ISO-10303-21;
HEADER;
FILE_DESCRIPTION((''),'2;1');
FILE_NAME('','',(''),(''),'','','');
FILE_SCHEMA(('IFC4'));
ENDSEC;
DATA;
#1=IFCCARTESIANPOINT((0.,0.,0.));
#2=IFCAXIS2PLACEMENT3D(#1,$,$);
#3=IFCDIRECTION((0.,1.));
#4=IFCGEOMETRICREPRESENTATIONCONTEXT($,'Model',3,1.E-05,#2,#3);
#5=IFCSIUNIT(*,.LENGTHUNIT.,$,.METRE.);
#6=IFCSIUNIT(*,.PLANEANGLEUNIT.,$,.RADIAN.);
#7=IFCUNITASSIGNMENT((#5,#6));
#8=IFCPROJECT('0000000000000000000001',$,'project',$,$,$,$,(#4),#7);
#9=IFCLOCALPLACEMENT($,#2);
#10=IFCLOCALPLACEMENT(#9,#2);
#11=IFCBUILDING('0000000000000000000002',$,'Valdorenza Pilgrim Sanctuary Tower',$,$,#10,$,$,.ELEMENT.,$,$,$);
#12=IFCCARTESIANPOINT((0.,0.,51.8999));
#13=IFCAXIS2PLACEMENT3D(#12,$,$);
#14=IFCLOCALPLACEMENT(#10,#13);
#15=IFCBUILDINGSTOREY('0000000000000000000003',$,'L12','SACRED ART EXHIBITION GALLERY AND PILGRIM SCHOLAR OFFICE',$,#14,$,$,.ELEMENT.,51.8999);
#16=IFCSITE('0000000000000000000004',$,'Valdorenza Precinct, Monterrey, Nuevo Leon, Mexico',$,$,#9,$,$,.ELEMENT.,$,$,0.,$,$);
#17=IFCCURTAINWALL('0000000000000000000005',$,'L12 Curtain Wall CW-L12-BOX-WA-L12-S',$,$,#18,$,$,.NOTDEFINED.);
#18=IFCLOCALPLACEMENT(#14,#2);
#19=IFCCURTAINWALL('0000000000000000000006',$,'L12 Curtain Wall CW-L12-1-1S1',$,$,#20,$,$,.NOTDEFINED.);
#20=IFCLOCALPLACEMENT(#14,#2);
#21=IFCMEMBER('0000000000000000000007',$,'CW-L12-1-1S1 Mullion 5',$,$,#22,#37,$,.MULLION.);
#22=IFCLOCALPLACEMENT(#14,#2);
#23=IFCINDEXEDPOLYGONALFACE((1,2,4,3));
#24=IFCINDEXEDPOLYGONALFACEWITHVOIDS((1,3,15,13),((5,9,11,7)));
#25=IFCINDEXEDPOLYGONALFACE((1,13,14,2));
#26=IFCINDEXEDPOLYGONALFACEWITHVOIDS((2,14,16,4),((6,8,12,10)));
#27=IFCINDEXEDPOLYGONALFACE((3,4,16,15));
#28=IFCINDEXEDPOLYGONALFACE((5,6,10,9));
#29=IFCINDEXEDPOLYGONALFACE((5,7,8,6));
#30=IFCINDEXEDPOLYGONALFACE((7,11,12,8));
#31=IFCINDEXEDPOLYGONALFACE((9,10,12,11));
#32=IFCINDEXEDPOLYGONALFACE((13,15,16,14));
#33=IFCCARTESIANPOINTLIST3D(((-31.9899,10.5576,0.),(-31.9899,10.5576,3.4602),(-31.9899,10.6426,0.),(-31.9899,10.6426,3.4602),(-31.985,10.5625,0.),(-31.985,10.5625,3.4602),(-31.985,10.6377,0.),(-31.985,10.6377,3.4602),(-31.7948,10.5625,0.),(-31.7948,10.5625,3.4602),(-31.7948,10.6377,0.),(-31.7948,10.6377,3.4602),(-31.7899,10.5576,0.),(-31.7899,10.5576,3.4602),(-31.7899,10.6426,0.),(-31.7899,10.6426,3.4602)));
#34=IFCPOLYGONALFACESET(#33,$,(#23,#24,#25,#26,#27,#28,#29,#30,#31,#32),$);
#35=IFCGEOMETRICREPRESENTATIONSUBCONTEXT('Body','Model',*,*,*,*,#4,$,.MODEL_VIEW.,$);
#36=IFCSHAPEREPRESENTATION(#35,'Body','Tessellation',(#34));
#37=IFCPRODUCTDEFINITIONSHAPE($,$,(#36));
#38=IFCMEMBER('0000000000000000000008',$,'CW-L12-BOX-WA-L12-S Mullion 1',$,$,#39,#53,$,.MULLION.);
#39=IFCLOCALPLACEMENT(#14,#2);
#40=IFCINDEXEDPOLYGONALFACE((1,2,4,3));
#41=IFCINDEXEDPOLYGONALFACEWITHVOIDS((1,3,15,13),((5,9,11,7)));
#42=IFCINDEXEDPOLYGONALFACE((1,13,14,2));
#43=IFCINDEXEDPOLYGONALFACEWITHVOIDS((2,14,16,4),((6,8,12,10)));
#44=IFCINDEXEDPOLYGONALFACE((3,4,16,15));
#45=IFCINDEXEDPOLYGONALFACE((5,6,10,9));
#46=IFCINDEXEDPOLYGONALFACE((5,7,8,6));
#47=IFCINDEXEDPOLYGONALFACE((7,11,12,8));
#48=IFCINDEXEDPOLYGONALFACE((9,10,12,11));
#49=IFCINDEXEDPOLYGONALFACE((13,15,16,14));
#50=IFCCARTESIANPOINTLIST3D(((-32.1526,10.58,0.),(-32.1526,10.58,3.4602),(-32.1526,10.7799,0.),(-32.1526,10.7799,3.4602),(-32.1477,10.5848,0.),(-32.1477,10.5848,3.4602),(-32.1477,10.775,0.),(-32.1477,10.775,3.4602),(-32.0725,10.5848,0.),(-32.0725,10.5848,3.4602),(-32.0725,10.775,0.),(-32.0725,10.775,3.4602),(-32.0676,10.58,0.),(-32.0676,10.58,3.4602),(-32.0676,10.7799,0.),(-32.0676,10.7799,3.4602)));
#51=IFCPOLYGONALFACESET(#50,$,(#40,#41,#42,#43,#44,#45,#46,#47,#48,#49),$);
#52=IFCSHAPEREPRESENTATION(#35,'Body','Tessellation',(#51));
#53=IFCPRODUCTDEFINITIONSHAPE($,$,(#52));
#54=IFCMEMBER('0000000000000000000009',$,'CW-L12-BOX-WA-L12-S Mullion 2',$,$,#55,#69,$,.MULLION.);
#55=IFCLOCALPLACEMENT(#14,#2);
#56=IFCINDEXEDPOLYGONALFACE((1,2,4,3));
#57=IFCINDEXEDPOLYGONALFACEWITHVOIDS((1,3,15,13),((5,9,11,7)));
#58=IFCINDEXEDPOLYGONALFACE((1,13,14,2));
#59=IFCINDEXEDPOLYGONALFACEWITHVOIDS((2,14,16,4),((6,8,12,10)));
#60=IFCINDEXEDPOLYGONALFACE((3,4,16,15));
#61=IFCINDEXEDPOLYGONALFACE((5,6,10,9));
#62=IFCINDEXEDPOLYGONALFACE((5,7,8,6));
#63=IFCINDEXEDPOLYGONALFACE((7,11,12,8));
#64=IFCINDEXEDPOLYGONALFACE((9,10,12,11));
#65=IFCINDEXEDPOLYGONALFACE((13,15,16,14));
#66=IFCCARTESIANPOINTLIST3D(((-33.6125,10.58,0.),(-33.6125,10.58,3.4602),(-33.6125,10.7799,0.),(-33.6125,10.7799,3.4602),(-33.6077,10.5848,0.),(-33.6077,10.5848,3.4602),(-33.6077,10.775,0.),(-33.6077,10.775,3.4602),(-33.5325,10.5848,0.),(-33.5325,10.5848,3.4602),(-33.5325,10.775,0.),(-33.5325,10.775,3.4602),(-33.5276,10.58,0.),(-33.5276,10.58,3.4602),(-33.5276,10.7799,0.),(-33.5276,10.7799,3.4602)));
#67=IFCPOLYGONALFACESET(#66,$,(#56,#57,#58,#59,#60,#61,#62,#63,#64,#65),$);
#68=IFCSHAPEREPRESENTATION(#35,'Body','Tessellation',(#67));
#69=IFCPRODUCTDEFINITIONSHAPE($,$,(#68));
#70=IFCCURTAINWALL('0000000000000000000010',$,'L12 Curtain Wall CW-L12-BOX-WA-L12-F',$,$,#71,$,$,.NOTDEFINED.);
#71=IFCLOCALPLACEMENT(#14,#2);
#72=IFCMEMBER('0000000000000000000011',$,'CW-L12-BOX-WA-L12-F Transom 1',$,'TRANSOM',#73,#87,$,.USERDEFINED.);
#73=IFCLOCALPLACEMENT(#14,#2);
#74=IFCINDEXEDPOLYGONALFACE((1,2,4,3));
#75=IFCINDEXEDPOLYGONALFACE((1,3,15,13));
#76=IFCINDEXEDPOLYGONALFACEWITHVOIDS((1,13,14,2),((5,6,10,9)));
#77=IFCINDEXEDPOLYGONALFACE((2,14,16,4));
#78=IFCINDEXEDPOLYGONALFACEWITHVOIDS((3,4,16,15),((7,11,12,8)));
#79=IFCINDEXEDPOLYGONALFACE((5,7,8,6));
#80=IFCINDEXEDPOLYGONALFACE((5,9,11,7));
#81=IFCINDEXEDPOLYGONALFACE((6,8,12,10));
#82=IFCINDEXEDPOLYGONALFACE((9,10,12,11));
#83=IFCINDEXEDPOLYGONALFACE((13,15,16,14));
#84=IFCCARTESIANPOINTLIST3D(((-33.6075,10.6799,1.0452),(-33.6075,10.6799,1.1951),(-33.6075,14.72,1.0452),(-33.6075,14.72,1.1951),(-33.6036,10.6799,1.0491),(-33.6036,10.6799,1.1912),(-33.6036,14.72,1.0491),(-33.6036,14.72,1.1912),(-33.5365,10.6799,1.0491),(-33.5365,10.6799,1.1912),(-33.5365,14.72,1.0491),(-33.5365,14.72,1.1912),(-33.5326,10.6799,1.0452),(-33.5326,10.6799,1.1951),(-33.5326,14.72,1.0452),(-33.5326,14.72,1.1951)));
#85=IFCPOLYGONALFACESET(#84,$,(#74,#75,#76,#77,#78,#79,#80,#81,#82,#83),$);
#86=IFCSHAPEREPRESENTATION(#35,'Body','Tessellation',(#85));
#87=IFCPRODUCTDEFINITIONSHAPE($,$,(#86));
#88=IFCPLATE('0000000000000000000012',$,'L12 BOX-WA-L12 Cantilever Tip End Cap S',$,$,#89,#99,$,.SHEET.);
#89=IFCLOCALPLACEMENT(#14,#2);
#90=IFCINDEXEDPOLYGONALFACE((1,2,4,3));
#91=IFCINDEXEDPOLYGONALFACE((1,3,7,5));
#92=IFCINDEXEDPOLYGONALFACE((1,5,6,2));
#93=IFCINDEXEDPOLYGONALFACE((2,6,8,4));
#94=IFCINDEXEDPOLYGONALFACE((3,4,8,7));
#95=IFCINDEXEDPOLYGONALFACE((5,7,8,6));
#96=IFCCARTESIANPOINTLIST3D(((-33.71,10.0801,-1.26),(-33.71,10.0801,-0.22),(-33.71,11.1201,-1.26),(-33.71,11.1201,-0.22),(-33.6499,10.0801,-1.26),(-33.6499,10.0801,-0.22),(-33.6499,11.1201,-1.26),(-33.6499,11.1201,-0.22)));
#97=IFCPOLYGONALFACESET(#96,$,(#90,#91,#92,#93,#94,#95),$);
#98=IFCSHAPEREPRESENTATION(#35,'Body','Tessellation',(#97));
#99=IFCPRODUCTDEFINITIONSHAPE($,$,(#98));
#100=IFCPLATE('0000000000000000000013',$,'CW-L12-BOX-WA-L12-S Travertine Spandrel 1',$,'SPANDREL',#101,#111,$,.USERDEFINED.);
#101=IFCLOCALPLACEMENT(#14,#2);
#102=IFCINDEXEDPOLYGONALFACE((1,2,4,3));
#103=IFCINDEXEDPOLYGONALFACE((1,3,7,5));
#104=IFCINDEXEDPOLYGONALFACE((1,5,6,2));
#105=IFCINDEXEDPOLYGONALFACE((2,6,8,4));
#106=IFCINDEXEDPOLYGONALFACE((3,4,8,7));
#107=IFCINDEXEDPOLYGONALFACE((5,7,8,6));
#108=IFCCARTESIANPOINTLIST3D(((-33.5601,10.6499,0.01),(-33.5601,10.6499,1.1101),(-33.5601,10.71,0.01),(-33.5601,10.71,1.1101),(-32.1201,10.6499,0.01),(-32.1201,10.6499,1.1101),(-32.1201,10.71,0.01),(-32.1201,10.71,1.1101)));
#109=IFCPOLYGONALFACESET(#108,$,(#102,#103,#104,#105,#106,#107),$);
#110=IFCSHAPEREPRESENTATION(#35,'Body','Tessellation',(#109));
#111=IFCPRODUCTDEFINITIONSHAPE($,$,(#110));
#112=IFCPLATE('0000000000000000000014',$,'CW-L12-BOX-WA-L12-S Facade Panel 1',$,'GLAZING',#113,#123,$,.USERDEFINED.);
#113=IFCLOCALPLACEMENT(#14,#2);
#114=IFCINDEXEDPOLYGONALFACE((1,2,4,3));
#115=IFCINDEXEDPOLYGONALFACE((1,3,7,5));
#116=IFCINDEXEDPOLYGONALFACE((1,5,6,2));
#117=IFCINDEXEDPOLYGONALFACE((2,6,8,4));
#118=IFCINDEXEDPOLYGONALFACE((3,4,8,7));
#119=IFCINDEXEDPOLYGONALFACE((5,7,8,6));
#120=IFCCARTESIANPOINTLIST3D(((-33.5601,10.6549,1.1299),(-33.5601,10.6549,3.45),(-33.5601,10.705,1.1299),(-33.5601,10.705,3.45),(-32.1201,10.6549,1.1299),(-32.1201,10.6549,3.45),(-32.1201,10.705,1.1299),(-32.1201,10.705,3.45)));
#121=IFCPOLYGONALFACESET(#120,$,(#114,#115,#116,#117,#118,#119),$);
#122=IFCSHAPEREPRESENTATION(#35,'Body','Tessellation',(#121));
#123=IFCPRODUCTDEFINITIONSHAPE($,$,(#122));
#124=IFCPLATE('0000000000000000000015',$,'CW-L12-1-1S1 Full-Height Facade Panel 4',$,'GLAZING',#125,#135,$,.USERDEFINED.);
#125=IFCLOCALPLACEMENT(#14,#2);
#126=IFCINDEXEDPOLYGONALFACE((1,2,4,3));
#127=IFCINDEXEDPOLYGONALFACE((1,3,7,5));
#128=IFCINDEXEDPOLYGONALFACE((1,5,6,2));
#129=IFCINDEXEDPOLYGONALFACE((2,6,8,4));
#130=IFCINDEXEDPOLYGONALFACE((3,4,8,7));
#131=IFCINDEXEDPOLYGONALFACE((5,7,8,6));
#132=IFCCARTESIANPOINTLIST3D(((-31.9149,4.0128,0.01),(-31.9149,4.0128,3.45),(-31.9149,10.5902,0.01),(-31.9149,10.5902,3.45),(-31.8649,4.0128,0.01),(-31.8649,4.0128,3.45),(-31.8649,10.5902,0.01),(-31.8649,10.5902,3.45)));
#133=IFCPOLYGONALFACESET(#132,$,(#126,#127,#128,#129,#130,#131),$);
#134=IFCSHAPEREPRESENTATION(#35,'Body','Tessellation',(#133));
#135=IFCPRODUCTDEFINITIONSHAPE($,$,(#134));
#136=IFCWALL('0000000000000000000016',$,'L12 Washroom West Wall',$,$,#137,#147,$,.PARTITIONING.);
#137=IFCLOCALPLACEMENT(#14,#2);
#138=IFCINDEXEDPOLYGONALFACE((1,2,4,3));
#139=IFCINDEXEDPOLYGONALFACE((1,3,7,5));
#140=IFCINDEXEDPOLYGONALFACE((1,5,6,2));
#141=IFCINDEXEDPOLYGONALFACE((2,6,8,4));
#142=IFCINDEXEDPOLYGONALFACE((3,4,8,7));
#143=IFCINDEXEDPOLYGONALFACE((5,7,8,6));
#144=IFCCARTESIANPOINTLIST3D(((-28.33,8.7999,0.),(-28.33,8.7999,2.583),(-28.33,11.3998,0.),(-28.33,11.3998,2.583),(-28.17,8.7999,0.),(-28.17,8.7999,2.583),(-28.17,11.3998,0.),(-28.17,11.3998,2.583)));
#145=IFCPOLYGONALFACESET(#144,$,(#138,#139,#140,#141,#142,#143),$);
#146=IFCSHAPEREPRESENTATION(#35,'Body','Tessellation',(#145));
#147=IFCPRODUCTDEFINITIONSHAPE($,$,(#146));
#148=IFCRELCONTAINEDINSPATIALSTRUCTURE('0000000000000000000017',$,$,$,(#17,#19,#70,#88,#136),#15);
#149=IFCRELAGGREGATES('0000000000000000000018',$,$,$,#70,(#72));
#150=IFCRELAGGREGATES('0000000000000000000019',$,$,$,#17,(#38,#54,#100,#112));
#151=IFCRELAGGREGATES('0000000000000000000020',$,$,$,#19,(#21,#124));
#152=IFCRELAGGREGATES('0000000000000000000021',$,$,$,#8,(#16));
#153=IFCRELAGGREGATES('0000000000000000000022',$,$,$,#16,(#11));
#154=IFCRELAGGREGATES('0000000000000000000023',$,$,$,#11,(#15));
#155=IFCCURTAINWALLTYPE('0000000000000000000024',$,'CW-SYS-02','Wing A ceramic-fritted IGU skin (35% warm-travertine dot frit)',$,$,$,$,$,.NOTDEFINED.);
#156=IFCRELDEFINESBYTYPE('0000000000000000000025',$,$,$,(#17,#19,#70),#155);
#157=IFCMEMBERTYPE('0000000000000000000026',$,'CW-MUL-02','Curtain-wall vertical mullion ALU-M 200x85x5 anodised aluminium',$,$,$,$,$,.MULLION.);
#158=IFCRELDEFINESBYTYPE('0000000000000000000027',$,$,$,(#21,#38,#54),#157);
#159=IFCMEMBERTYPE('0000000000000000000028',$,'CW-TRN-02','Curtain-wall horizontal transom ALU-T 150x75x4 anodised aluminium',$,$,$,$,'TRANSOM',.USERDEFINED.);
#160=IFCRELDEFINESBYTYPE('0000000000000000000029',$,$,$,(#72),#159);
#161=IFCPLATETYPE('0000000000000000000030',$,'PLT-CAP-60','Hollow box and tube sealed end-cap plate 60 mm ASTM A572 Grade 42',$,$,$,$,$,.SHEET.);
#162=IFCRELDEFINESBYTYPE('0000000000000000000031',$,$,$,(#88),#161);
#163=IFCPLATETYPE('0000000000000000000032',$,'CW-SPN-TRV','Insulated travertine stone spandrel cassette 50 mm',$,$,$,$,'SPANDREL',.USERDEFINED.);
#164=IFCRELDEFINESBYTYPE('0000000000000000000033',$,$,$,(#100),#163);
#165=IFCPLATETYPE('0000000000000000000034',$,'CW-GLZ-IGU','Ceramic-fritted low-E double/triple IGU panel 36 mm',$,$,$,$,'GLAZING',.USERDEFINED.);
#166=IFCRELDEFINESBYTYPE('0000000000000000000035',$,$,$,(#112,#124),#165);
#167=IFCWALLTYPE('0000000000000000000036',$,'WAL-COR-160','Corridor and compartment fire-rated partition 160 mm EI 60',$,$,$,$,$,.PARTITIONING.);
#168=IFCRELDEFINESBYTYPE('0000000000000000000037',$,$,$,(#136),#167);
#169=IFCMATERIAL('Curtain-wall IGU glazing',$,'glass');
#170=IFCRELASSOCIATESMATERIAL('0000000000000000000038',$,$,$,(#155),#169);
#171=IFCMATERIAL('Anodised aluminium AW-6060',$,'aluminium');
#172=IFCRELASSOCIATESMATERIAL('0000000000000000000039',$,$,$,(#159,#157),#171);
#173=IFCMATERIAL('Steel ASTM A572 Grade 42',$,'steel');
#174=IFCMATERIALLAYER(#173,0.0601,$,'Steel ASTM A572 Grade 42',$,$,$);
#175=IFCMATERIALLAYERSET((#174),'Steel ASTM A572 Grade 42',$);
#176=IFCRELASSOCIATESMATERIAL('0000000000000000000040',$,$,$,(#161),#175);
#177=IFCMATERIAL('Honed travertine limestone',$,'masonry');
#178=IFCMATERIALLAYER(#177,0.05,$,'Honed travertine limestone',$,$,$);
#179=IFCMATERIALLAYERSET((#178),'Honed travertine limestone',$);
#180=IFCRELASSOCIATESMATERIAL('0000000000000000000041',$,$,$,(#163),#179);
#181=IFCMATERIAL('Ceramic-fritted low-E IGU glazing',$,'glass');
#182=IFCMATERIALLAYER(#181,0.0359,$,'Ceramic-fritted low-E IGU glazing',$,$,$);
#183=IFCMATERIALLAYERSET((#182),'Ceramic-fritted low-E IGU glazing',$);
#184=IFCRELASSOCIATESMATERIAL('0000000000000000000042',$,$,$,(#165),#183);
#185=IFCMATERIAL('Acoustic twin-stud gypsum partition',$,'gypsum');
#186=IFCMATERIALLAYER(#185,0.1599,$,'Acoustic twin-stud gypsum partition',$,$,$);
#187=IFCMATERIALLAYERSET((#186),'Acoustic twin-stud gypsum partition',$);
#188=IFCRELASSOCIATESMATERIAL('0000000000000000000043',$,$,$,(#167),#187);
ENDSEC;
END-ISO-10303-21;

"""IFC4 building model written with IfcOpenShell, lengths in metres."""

from ifc_helpers import new_model, si_unit, direction, frame, frame_2d, origin, origin_2d, place, context, subcontext, project, spatial, rectangle, hollow_rectangle, extrude, source, transform, mapped, material, layer, layer_set, material_profile, profile_set, type_object, element, aggregate, save


model = new_model("IFC4")

# Units and contexts
model_context = context("Model", 3, precision=1e-05, world=origin(), true_north=direction((0.0, 1.0)))
body_context = subcontext(model_context, "Body", "Model", "MODEL_VIEW")
ifc_project = project(units=[si_unit("LENGTHUNIT", "METRE"), si_unit("PLANEANGLEUNIT", "RADIAN")], contexts=[model_context])

# Site, building, storey
site_placement = place(None, origin())
site = spatial("IfcSite", under=ifc_project, at=site_placement, Name="Valdorenza Precinct, Monterrey, Nuevo Leon, Mexico", CompositionType="ELEMENT", RefElevation=0.0)
building_placement = place(site_placement, origin())
building = spatial("IfcBuilding", under=site, at=building_placement, Name="Valdorenza Pilgrim Sanctuary Tower", CompositionType="ELEMENT")
storey_placement = place(building_placement, frame((0.0, 0.0, 51.8999)))
storey = spatial("IfcBuildingStorey", under=building, at=storey_placement, Name="L12", Description="SACRED ART EXHIBITION GALLERY AND PILGRIM SCHOLAR OFFICE", CompositionType="ELEMENT", Elevation=51.8999)

# Shared definitions
ifc_material_1 = material(Name="Steel ASTM A572 Grade 42", Category="steel")

# Curtain wall
ifc_material_2 = material(Name="Curtain-wall IGU glazing", Category="glass")
curtain_wall_type = type_object("IfcCurtainWallType", Name="CW-SYS-02", Description="Wing A ceramic-fritted IGU skin (35% warm-travertine dot frit)", PredefinedType="NOTDEFINED", material=ifc_material_2)
curtain_wall_1_placement = place(storey_placement, origin())
curtain_wall_1 = element("IfcCurtainWall", 1, at=curtain_wall_1_placement, inside=storey, type_object=curtain_wall_type, Name="L12 Curtain Wall CW-L12-BOX-WA-L12-S", PredefinedType="NOTDEFINED")
ifc_material_3 = material(Name="Anodised aluminium AW-6060", Category="aluminium")
ifc_material_profile_1 = material_profile(ifc_material_3, hollow_rectangle(XDim=0.075, YDim=0.1499, WallThickness=0.0039, at=origin_2d()), Name="ALU-T 150x75x4")
ifc_profile_set_1 = profile_set([ifc_material_profile_1], Name="Anodised aluminium AW-6060")
member_type_1 = type_object("IfcMemberType", Name="CW-TRN-02", Description="Curtain-wall horizontal transom ALU-T 150x75x4 anodised aluminium", ElementType="TRANSOM", PredefinedType="USERDEFINED", material=ifc_profile_set_1)

# Curtain wall, member
curtain_wall_2_placement = place(storey_placement, origin())
curtain_wall_2 = element("IfcCurtainWall", 2, at=curtain_wall_2_placement, inside=storey, type_object=curtain_wall_type, Name="L12 Curtain Wall CW-L12-1-1S1", PredefinedType="NOTDEFINED")
ifc_material_profile_2 = material_profile(ifc_material_3, hollow_rectangle(XDim=0.085, YDim=0.2, WallThickness=0.0049, at=origin_2d()), Name="ALU-M 200x85x5")
ifc_profile_set_2 = profile_set([ifc_material_profile_2], Name="Anodised aluminium AW-6060")
member_type_2 = type_object("IfcMemberType", Name="CW-MUL-02", Description="Curtain-wall vertical mullion ALU-M 200x85x5 anodised aluminium", PredefinedType="MULLION", material=ifc_profile_set_2)
shared_shape_1 = source(origin(), body_context, "Body", "SweptSolid", [
    extrude(hollow_rectangle(XDim=0.085, YDim=0.2, WallThickness=0.0049, at=origin_2d()), origin(), (0.0, 0.0, 1.0), 3.4602),
])
member_1_placement = place(storey_placement, frame((-31.8899, 10.6001, 0.0), z_axis=(0.0, 0.0, 1.0), x_axis=(0.0, 1.0, 0.0)))
member_1 = element("IfcMember", 3, at=member_1_placement, type_object=member_type_2, Name="CW-L12-1-1S1 Mullion 5", PredefinedType="MULLION", context=body_context, shape_type="MappedRepresentation", body=[
    mapped(shared_shape_1, transform((0.0, 0.0, 0.0), x_axis=(1.0, 0.0, 0.0), y_axis=(0.0, 1.0, 0.0), z_axis=(0.0, 0.0, 1.0), scale=1.0)),
])

# Members
member_2_placement = place(storey_placement, frame((-32.1101, 10.6799, 0.0), z_axis=(0.0, 0.0, 1.0), x_axis=(-1.0, 0.0, 0.0)))
member_2 = element("IfcMember", 4, at=member_2_placement, type_object=member_type_2, Name="CW-L12-BOX-WA-L12-S Mullion 1", PredefinedType="MULLION", context=body_context, shape_type="MappedRepresentation", body=[
    mapped(shared_shape_1, transform((0.0, 0.0, 0.0), x_axis=(1.0, 0.0, 0.0), y_axis=(0.0, 1.0, 0.0), z_axis=(0.0, 0.0, 1.0), scale=1.0)),
])
member_3_placement = place(storey_placement, frame((-33.5701, 10.6799, 0.0), z_axis=(0.0, 0.0, 1.0), x_axis=(-1.0, 0.0, 0.0)))
member_3 = element("IfcMember", 5, at=member_3_placement, type_object=member_type_2, Name="CW-L12-BOX-WA-L12-S Mullion 2", PredefinedType="MULLION", context=body_context, shape_type="MappedRepresentation", body=[
    mapped(shared_shape_1, transform((0.0, 0.0, 0.0), x_axis=(1.0, 0.0, 0.0), y_axis=(0.0, 1.0, 0.0), z_axis=(0.0, 0.0, 1.0), scale=1.0)),
])

# Curtain wall, member
curtain_wall_3_placement = place(storey_placement, origin())
curtain_wall_3 = element("IfcCurtainWall", 6, at=curtain_wall_3_placement, inside=storey, type_object=curtain_wall_type, Name="L12 Curtain Wall CW-L12-BOX-WA-L12-F", PredefinedType="NOTDEFINED")
shared_shape_2 = source(origin(), body_context, "Body", "SweptSolid", [
    extrude(hollow_rectangle(XDim=0.075, YDim=0.1499, WallThickness=0.0039, at=origin_2d()), origin(), (0.0, 0.0, 1.0), 4.04),
])
member_4_placement = place(storey_placement, frame((-33.5701, 10.6799, 1.1201), z_axis=(0.0, 1.0, 0.0), x_axis=(-1.0, 0.0, 0.0)))
member_4 = element("IfcMember", 7, at=member_4_placement, type_object=member_type_1, Name="CW-L12-BOX-WA-L12-F Transom 1", ObjectType="TRANSOM", PredefinedType="USERDEFINED", context=body_context, shape_type="MappedRepresentation", body=[
    mapped(shared_shape_2, transform((0.0, 0.0, 0.0), x_axis=(1.0, 0.0, 0.0), y_axis=(0.0, 1.0, 0.0), z_axis=(0.0, 0.0, 1.0), scale=1.0)),
])
aggregate(curtain_wall_3, [member_4])

# Plates
ifc_layer_1 = layer(ifc_material_1, 0.0601, Name="Steel ASTM A572 Grade 42")
ifc_layer_set_1 = layer_set([ifc_layer_1], Name="Steel ASTM A572 Grade 42")
plate_type_1 = type_object("IfcPlateType", Name="PLT-CAP-60", Description="Hollow box and tube sealed end-cap plate 60 mm ASTM A572 Grade 42", PredefinedType="SHEET", material=ifc_layer_set_1)
shared_shape_3 = source(origin(), body_context, "Body", "SweptSolid", [
    extrude(rectangle(XDim=0.0601, YDim=1.04, at=origin_2d()), origin(), (0.0, 0.0, 1.0), 1.04),
])
plate_1_placement = place(storey_placement, frame((-33.6799, 10.6001, -1.26), z_axis=(0.0, 0.0, 1.0), x_axis=(1.0, 0.0, 0.0)))
element("IfcPlate", 8, at=plate_1_placement, inside=storey, type_object=plate_type_1, Name="L12 BOX-WA-L12 Cantilever Tip End Cap S", PredefinedType="SHEET", context=body_context, shape_type="MappedRepresentation", body=[
    mapped(shared_shape_3, transform((0.0, 0.0, 0.0), x_axis=(1.0, 0.0, 0.0), y_axis=(0.0, 1.0, 0.0), z_axis=(0.0, 0.0, 1.0), scale=1.0)),
])
ifc_material_4 = material(Name="Honed travertine limestone", Category="masonry")
ifc_layer_2 = layer(ifc_material_4, 0.05, Name="Honed travertine limestone")
ifc_layer_set_2 = layer_set([ifc_layer_2], Name="Honed travertine limestone")
plate_type_2 = type_object("IfcPlateType", Name="CW-SPN-TRV", Description="Insulated travertine stone spandrel cassette 50 mm", ElementType="SPANDREL", PredefinedType="USERDEFINED", material=ifc_layer_set_2)
shared_shape_4 = source(origin(), body_context, "Body", "SweptSolid", [
    extrude(rectangle(XDim=1.4399, YDim=0.0601, at=origin_2d()), origin(), (0.0, 0.0, 1.0), 1.1001),
])
plate_2_placement = place(storey_placement, frame((-32.8401, 10.6799, 0.01), z_axis=(0.0, 0.0, 1.0), x_axis=(-1.0, 0.0, 0.0)))
plate_2 = element("IfcPlate", 9, at=plate_2_placement, type_object=plate_type_2, Name="CW-L12-BOX-WA-L12-S Travertine Spandrel 1", ObjectType="SPANDREL", PredefinedType="USERDEFINED", context=body_context, shape_type="MappedRepresentation", body=[
    mapped(shared_shape_4, transform((0.0, 0.0, 0.0), x_axis=(1.0, 0.0, 0.0), y_axis=(0.0, 1.0, 0.0), z_axis=(0.0, 0.0, 1.0), scale=1.0)),
])
ifc_material_5 = material(Name="Ceramic-fritted low-E IGU glazing", Category="glass")
ifc_layer_3 = layer(ifc_material_5, 0.0359, Name="Ceramic-fritted low-E IGU glazing")
ifc_layer_set_3 = layer_set([ifc_layer_3], Name="Ceramic-fritted low-E IGU glazing")
plate_type_3 = type_object("IfcPlateType", Name="CW-GLZ-IGU", Description="Ceramic-fritted low-E double/triple IGU panel 36 mm", ElementType="GLAZING", PredefinedType="USERDEFINED", material=ifc_layer_set_3)
shared_shape_5 = source(origin(), body_context, "Body", "SweptSolid", [
    extrude(rectangle(XDim=1.4399, YDim=0.05, at=origin_2d()), origin(), (0.0, 0.0, 1.0), 2.3201),
])
plate_3_placement = place(storey_placement, frame((-32.8401, 10.6799, 1.1299), z_axis=(0.0, 0.0, 1.0), x_axis=(-1.0, 0.0, 0.0)))
plate_3 = element("IfcPlate", 10, at=plate_3_placement, type_object=plate_type_3, Name="CW-L12-BOX-WA-L12-S Facade Panel 1", ObjectType="GLAZING", PredefinedType="USERDEFINED", context=body_context, shape_type="MappedRepresentation", body=[
    mapped(shared_shape_5, transform((0.0, 0.0, 0.0), x_axis=(1.0, 0.0, 0.0), y_axis=(0.0, 1.0, 0.0), z_axis=(0.0, 0.0, 1.0), scale=1.0)),
])
aggregate(curtain_wall_1, [member_2, member_3, plate_2, plate_3])
shared_shape_6 = source(origin(), body_context, "Body", "SweptSolid", [
    extrude(rectangle(XDim=6.5774, YDim=0.05, at=origin_2d()), origin(), (0.0, 0.0, 1.0), 3.4399),
])
plate_4_placement = place(storey_placement, frame((-31.8899, 7.3015, 0.01), z_axis=(0.0, 0.0, 1.0), x_axis=(0.0, 1.0, 0.0)))
plate_4 = element("IfcPlate", 11, at=plate_4_placement, type_object=plate_type_3, Name="CW-L12-1-1S1 Full-Height Facade Panel 4", ObjectType="GLAZING", PredefinedType="USERDEFINED", context=body_context, shape_type="MappedRepresentation", body=[
    mapped(shared_shape_6, transform((0.0, 0.0, 0.0), x_axis=(1.0, 0.0, 0.0), y_axis=(0.0, 1.0, 0.0), z_axis=(0.0, 0.0, 1.0), scale=1.0)),
])
aggregate(curtain_wall_2, [member_1, plate_4])

# Wall
ifc_material_6 = material(Name="Acoustic twin-stud gypsum partition", Category="gypsum")
ifc_layer_4 = layer(ifc_material_6, 0.1599, Name="Acoustic twin-stud gypsum partition")
ifc_layer_set_4 = layer_set([ifc_layer_4], Name="Acoustic twin-stud gypsum partition")
wall_type_1 = type_object("IfcWallType", Name="WAL-COR-160", Description="Corridor and compartment fire-rated partition 160 mm EI 60", PredefinedType="PARTITIONING", material=ifc_layer_set_4)
wall_1_placement = place(storey_placement, frame((-28.25, 8.8, 0.0), z_axis=(0.0, 0.0, 1.0), x_axis=(0.0, 1.0, 0.0)))
element("IfcWall", 12, at=wall_1_placement, inside=storey, type_object=wall_type_1, Name="L12 Washroom West Wall", PredefinedType="PARTITIONING", context=body_context, shape_type="SweptSolid", body=[
    extrude(rectangle(XDim=2.5999, YDim=0.1599, at=frame_2d((1.2998, 0.0))), origin(), (0.0, 0.0, 1.0), 2.583),
])

save(model, "model.ifc")
